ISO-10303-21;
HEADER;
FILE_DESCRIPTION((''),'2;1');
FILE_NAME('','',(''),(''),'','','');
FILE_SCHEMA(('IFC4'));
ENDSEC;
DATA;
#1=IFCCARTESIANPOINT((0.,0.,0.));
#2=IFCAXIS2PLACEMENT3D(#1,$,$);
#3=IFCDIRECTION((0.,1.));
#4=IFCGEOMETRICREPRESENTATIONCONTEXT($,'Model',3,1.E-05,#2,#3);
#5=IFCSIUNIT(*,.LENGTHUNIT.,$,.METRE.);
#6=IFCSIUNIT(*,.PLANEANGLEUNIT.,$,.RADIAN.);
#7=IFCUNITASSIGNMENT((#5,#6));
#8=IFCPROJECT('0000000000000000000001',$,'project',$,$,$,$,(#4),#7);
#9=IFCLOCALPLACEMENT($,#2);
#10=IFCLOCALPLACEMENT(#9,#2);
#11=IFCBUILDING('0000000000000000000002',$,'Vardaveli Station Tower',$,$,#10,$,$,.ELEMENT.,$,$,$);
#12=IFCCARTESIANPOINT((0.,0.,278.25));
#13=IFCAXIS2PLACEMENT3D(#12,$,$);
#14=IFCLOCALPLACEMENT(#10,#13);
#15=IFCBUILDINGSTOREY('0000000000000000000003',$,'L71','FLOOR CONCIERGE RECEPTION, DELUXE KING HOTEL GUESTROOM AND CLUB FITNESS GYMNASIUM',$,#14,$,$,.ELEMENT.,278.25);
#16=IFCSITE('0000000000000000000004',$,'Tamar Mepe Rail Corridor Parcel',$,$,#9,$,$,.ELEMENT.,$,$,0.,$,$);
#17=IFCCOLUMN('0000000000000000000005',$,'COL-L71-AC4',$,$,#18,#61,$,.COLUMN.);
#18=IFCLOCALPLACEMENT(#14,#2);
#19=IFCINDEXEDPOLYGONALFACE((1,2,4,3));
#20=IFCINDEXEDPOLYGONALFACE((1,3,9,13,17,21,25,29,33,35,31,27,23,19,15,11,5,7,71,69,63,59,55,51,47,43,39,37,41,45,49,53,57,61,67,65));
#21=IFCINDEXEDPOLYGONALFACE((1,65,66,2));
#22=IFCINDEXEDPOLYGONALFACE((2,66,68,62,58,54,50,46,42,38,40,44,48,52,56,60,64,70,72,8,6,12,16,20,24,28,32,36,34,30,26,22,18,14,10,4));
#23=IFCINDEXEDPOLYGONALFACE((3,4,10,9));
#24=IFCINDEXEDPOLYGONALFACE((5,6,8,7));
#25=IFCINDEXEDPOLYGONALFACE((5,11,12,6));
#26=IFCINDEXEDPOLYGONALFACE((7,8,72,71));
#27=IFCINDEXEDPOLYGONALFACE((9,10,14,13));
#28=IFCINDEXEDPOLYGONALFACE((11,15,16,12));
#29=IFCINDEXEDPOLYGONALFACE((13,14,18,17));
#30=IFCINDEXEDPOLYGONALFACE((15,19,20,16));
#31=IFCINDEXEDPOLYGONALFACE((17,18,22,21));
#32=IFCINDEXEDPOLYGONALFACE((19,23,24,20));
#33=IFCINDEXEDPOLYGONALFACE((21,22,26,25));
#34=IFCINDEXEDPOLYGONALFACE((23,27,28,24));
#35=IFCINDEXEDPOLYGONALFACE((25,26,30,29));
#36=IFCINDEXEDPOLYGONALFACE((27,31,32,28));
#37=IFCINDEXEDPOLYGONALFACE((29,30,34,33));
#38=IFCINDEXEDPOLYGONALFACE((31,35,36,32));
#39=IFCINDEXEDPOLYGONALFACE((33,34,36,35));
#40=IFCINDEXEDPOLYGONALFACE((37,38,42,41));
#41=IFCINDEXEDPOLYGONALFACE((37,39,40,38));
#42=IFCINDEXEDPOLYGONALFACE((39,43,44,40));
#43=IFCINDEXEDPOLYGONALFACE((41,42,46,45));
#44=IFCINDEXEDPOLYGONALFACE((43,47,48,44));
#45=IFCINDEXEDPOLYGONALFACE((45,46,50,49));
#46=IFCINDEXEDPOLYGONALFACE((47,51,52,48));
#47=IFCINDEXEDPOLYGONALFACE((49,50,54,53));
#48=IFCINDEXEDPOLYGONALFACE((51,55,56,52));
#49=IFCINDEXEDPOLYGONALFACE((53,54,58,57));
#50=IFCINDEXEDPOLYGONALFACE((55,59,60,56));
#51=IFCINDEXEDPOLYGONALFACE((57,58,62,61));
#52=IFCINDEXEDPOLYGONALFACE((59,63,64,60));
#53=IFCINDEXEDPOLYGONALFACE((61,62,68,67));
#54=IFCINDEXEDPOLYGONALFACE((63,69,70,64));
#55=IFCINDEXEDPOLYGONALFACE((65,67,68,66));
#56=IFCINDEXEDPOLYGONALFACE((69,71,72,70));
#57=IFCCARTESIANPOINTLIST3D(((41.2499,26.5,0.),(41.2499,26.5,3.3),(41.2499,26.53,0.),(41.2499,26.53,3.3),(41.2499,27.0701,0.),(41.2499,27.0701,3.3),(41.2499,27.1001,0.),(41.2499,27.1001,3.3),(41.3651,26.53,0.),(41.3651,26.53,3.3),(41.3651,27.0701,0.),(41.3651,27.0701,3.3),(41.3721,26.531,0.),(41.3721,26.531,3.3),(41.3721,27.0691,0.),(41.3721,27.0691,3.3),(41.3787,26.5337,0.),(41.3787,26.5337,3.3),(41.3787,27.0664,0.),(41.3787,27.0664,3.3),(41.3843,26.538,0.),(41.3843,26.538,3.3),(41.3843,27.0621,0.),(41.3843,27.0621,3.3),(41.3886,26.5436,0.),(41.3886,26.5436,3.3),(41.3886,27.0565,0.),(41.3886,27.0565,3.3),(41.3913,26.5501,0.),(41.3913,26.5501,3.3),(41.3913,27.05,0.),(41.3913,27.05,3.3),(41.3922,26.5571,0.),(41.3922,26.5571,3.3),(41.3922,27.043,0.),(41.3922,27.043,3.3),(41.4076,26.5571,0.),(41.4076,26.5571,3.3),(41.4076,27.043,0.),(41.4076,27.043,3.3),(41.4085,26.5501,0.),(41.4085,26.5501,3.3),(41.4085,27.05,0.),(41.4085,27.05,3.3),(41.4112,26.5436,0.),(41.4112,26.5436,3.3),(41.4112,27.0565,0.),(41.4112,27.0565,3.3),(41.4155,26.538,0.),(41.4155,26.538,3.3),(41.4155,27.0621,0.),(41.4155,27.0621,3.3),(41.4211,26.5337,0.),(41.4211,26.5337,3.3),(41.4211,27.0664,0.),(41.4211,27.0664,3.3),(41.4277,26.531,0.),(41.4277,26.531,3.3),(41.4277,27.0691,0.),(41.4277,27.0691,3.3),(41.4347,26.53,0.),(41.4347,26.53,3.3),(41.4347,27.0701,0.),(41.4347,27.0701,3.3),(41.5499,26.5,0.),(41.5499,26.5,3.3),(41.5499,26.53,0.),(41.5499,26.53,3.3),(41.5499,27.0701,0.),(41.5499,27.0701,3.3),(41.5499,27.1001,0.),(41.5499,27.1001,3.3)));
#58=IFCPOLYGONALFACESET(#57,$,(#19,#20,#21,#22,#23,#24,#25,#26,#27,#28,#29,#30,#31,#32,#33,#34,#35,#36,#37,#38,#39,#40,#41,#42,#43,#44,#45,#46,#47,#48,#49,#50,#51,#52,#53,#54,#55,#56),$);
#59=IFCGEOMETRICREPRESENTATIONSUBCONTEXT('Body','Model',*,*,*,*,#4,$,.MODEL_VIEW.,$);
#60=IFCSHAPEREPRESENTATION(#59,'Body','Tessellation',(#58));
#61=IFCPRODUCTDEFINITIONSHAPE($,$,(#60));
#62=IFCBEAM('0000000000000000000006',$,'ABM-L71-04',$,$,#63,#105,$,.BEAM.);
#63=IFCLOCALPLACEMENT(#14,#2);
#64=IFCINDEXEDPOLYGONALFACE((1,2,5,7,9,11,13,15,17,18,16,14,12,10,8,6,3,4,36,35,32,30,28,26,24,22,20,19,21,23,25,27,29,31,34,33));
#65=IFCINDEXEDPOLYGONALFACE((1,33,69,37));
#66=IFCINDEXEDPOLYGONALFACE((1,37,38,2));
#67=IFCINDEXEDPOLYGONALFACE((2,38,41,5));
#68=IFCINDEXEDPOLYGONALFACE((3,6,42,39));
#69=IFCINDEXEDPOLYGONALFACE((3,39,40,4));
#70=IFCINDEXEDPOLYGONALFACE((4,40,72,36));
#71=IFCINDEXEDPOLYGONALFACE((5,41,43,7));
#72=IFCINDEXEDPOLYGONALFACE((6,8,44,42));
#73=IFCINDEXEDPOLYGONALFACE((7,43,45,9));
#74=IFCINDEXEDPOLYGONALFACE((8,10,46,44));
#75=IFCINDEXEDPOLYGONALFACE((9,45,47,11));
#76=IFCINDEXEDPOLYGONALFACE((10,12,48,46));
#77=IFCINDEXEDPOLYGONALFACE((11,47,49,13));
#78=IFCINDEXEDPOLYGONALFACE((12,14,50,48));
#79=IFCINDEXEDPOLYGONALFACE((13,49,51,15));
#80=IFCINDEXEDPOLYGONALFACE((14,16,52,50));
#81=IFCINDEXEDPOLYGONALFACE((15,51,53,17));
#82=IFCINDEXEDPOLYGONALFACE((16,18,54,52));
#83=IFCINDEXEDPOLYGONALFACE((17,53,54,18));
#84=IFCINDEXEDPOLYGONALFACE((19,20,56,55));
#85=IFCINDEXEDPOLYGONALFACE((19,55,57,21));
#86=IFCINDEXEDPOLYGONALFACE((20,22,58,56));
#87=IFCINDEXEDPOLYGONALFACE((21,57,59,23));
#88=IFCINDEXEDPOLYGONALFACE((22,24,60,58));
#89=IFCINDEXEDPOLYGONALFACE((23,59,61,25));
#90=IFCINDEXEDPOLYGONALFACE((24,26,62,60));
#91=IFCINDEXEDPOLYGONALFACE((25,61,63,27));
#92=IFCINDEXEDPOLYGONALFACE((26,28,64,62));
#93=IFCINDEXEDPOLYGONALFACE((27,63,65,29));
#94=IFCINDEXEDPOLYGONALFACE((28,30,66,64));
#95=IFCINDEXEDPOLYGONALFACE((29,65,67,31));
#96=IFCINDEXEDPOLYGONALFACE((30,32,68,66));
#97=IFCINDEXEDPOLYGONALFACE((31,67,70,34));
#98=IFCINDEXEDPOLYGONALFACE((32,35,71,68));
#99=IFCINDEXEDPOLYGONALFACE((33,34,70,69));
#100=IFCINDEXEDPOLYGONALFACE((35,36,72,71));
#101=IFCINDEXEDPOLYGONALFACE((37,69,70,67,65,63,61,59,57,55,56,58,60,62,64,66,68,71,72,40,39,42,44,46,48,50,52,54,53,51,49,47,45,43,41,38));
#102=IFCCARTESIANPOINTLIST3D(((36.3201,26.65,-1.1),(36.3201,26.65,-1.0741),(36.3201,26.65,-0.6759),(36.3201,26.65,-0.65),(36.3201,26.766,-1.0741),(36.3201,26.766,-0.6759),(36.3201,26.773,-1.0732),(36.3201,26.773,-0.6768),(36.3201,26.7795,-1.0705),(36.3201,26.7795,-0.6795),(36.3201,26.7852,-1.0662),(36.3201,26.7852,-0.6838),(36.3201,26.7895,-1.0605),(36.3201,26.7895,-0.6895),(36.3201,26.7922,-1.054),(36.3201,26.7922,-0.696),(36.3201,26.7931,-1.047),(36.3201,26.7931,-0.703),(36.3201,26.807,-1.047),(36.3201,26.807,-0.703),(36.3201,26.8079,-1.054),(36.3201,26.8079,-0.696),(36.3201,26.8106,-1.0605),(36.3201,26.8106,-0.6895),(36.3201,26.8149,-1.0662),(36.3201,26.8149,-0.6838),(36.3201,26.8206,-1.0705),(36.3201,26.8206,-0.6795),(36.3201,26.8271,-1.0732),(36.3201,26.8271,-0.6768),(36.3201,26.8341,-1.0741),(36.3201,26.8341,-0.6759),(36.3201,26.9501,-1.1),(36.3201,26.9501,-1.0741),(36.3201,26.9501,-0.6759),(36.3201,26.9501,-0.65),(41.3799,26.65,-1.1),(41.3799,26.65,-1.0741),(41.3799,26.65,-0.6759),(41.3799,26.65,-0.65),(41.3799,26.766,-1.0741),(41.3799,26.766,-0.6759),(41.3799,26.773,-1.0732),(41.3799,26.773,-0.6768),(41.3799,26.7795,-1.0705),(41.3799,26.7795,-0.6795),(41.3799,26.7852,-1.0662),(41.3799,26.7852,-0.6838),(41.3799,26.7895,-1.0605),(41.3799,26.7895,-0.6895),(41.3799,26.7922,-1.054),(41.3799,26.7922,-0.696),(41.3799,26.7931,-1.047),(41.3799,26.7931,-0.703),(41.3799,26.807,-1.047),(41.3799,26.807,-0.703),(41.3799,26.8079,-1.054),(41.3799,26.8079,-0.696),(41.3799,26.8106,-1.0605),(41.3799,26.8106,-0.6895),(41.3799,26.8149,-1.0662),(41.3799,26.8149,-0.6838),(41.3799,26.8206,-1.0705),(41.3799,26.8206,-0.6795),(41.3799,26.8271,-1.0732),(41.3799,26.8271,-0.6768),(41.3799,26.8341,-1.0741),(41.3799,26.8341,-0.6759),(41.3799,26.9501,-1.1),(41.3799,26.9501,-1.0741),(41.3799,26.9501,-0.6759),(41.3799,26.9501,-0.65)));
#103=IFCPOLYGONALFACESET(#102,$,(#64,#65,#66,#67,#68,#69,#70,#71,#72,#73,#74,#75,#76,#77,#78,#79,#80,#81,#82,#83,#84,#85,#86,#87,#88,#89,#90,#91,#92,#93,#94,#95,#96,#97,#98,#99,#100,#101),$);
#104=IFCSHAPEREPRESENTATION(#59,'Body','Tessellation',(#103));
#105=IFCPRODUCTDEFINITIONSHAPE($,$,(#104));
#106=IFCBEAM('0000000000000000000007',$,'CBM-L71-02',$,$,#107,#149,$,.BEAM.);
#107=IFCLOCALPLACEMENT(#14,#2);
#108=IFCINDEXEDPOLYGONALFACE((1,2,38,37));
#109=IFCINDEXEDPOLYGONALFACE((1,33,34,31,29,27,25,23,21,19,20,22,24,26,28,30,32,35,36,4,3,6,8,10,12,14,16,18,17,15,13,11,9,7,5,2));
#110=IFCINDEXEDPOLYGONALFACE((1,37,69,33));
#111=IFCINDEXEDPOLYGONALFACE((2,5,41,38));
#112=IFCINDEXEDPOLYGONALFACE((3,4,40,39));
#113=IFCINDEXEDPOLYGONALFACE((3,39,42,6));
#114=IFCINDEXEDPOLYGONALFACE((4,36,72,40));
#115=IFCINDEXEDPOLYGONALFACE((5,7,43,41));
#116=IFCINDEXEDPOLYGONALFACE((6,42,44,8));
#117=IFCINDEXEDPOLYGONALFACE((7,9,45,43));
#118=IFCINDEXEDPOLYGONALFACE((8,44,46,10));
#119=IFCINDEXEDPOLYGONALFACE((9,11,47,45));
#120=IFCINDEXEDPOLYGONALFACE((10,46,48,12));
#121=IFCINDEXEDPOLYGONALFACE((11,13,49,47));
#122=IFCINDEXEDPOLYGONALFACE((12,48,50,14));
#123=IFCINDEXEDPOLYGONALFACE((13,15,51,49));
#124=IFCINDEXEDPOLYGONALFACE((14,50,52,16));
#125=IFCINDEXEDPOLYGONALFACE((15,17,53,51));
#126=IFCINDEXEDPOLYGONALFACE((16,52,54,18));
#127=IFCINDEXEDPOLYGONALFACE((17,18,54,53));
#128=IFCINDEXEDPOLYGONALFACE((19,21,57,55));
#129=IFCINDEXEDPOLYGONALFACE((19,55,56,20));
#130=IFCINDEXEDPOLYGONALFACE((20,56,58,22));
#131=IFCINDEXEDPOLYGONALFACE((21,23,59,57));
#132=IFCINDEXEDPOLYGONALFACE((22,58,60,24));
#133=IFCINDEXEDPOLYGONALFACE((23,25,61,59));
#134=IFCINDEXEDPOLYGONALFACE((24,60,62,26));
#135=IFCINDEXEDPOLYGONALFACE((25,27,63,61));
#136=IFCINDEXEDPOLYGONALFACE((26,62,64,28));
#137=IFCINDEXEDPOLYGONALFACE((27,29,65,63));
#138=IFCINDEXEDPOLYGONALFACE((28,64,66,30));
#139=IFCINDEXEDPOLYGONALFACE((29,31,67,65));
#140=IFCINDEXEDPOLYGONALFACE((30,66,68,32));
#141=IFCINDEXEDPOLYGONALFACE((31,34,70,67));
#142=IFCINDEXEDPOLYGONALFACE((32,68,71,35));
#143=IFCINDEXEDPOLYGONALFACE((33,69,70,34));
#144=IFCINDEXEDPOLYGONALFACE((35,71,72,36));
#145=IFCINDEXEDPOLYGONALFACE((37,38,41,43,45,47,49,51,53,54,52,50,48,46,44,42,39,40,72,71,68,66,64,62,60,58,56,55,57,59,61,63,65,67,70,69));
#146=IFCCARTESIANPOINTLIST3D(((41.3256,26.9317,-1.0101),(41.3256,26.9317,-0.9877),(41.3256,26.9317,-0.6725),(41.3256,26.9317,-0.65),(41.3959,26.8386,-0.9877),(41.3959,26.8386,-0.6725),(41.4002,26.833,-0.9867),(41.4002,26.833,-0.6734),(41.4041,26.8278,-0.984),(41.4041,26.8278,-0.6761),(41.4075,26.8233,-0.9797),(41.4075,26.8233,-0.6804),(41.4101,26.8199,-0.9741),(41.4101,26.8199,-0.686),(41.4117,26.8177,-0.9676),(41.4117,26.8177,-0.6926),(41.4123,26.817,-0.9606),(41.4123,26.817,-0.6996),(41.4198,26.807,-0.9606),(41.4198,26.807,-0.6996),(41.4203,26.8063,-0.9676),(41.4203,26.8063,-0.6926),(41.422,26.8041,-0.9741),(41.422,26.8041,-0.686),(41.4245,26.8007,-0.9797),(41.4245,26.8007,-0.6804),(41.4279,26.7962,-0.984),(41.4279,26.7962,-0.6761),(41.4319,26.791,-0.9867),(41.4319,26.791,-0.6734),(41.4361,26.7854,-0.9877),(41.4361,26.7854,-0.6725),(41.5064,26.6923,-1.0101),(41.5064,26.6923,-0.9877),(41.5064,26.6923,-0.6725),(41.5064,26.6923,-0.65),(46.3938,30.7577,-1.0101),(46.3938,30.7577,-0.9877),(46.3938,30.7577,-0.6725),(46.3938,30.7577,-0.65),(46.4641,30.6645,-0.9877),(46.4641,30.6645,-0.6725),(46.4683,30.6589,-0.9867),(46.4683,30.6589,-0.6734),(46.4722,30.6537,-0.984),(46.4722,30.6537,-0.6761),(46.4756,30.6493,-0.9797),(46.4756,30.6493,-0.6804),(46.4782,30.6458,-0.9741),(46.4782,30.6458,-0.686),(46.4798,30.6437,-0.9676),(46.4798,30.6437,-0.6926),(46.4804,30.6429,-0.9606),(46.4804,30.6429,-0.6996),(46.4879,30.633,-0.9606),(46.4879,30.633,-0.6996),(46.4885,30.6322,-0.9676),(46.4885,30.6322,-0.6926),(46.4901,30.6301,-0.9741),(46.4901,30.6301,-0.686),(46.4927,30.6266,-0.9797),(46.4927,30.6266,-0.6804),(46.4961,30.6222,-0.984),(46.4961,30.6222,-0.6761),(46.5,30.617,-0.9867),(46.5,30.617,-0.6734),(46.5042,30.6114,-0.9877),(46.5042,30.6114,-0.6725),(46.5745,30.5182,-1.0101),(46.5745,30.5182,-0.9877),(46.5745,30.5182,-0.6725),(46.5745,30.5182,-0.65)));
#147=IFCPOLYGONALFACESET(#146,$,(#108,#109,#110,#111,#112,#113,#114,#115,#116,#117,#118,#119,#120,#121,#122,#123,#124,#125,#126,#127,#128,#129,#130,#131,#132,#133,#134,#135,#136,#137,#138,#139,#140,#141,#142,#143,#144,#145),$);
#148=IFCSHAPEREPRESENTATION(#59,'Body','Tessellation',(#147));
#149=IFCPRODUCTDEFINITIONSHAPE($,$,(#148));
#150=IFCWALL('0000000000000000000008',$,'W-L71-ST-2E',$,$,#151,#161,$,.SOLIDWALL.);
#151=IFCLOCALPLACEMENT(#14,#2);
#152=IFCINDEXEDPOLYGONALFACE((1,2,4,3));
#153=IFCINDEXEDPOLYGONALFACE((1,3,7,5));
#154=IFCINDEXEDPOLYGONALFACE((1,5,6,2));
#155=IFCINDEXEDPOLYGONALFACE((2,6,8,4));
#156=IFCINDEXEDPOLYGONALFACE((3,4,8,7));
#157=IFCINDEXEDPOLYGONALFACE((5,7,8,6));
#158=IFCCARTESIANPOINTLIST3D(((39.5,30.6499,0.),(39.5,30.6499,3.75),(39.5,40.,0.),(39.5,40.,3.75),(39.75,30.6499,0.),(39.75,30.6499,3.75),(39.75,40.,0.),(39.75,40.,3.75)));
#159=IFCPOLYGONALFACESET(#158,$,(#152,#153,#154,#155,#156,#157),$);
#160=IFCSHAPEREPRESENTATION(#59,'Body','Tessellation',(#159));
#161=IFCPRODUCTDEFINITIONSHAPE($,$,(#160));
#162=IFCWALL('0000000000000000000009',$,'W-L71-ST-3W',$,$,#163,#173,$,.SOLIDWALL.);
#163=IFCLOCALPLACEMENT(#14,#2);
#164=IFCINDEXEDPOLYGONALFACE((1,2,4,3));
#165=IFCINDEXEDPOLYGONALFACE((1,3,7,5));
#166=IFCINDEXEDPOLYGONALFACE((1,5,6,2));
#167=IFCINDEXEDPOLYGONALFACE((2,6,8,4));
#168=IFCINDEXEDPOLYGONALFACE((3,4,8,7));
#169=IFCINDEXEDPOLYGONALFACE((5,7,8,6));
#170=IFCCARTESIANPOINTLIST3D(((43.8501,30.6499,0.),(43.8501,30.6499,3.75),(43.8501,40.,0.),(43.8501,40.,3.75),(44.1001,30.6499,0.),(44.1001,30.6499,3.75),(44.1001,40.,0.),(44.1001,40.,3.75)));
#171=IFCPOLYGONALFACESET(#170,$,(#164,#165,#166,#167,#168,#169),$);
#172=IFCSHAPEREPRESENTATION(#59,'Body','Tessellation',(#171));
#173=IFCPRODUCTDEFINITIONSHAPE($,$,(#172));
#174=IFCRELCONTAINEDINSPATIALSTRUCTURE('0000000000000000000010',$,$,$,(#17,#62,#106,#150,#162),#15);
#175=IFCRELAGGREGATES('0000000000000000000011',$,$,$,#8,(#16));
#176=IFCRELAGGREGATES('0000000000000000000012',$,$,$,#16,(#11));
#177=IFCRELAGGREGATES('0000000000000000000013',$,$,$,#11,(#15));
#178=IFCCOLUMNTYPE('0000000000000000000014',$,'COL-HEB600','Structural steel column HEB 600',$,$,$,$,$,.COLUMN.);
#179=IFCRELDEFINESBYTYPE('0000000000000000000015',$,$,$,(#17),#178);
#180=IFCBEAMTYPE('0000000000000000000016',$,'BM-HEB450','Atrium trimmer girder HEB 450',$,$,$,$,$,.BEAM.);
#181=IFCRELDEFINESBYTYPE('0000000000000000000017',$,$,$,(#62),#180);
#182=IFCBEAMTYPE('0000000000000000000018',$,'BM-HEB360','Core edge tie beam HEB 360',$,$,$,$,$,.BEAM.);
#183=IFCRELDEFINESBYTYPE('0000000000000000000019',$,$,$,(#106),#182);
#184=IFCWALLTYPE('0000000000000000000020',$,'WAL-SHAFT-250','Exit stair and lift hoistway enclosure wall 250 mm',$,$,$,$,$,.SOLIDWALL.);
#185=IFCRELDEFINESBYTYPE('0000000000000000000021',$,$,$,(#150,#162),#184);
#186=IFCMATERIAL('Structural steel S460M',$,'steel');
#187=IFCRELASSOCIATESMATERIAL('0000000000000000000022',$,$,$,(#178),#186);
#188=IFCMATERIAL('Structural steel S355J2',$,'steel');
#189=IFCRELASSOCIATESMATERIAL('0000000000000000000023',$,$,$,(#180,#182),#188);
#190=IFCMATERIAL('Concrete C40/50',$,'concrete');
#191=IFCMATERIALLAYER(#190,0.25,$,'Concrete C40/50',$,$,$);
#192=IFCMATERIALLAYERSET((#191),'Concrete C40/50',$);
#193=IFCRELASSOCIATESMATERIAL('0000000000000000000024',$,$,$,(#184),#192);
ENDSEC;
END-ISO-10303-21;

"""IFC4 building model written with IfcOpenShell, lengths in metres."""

from ifc_helpers import new_model, si_unit, direction, frame, frame_2d, origin, origin_2d, place, context, subcontext, project, spatial, rectangle, i_section, extrude, source, transform, mapped, material, layer, layer_set, material_profile, profile_set, type_object, element, save


model = new_model("IFC4")

# Units and contexts
model_context = context("Model", 3, precision=1e-05, world=origin(), true_north=direction((0.0, 1.0)))
body_context = subcontext(model_context, "Body", "Model", "MODEL_VIEW")
ifc_project = project(units=[si_unit("LENGTHUNIT", "METRE"), si_unit("PLANEANGLEUNIT", "RADIAN")], contexts=[model_context])

# Site, building, storey
site_placement = place(None, origin())
site = spatial("IfcSite", under=ifc_project, at=site_placement, Name="Tamar Mepe Rail Corridor Parcel", CompositionType="ELEMENT", RefElevation=0.0)
building_placement = place(site_placement, origin())
building = spatial("IfcBuilding", under=site, at=building_placement, Name="Vardaveli Station Tower", CompositionType="ELEMENT")
storey_placement = place(building_placement, frame((0.0, 0.0, 278.25)))
storey = spatial("IfcBuildingStorey", under=building, at=storey_placement, Name="L71", Description="FLOOR CONCIERGE RECEPTION, DELUXE KING HOTEL GUESTROOM AND CLUB FITNESS GYMNASIUM", CompositionType="ELEMENT", Elevation=278.25)

# Column
ifc_material_1 = material(Name="Structural steel S460M", Category="steel")
ifc_material_profile_1 = material_profile(ifc_material_1, i_section(OverallWidth=0.3, OverallDepth=0.6001, WebThickness=0.0154, FlangeThickness=0.03, FilletRadius=0.0271, at=origin_2d()), Name="HEB 600")
ifc_profile_set_1 = profile_set([ifc_material_profile_1], Name="Structural steel S460M")
column_type = type_object("IfcColumnType", Name="COL-HEB600", Description="Structural steel column HEB 600", PredefinedType="COLUMN", material=ifc_profile_set_1)
shared_shape_1 = source(origin(), body_context, "Body", "SweptSolid", [
    extrude(i_section(OverallWidth=0.3, OverallDepth=0.6001, WebThickness=0.0154, FlangeThickness=0.03, FilletRadius=0.0271, at=origin_2d()), origin(), (0.0, 0.0, 1.0), 3.3),
])
column_placement = place(storey_placement, frame((41.3999, 26.8, 0.0), z_axis=(0.0, 0.0, 1.0), x_axis=(1.0, 0.0, 0.0)))
element("IfcColumn", 1, at=column_placement, inside=storey, type_object=column_type, Name="COL-L71-AC4", PredefinedType="COLUMN", context=body_context, shape_type="MappedRepresentation", body=[
    mapped(shared_shape_1, transform((0.0, 0.0, 0.0), scale=1.0)),
])

# Beams
ifc_material_2 = material(Name="Structural steel S355J2", Category="steel")
ifc_material_profile_2 = material_profile(ifc_material_2, i_section(OverallWidth=0.3, OverallDepth=0.45, WebThickness=0.0139, FlangeThickness=0.0259, FilletRadius=0.0271, at=origin_2d()), Name="HEB 450")
ifc_profile_set_2 = profile_set([ifc_material_profile_2], Name="Structural steel S355J2")
beam_type_1 = type_object("IfcBeamType", Name="BM-HEB450", Description="Atrium trimmer girder HEB 450", PredefinedType="BEAM", material=ifc_profile_set_2)
shared_shape_2 = source(origin(), body_context, "Body", "SweptSolid", [
    extrude(i_section(OverallWidth=0.3, OverallDepth=0.45, WebThickness=0.0139, FlangeThickness=0.0259, FilletRadius=0.0271, at=origin_2d()), origin(), (0.0, 0.0, 1.0), 5.0598),
])
beam_1_placement = place(storey_placement, frame((41.3799, 26.8, -0.875), z_axis=(-1.0, 0.0, 0.0), x_axis=(0.0, -1.0, 0.0)))
element("IfcBeam", 2, at=beam_1_placement, inside=storey, type_object=beam_type_1, Name="ABM-L71-04", PredefinedType="BEAM", context=body_context, shape_type="MappedRepresentation", body=[
    mapped(shared_shape_2, transform((0.0, 0.0, 0.0), scale=1.0)),
])
ifc_material_profile_3 = material_profile(ifc_material_2, i_section(OverallWidth=0.3, OverallDepth=0.3601, WebThickness=0.0125, FlangeThickness=0.0225, FilletRadius=0.0271, at=origin_2d()), Name="HEB 360")
ifc_profile_set_3 = profile_set([ifc_material_profile_3], Name="Structural steel S355J2")
beam_type_2 = type_object("IfcBeamType", Name="BM-HEB360", Description="Core edge tie beam HEB 360", PredefinedType="BEAM", material=ifc_profile_set_3)
shared_shape_3 = source(origin(), body_context, "Body", "SweptSolid", [
    extrude(i_section(OverallWidth=0.3, OverallDepth=0.3601, WebThickness=0.0125, FlangeThickness=0.0225, FilletRadius=0.0271, at=origin_2d()), origin(), (0.0, 0.0, 1.0), 6.3501),
])
beam_2_placement = place(storey_placement, frame((41.416, 26.812, -0.8301), z_axis=(0.798118, 0.602501, 0.0), x_axis=(-0.602501, 0.798118, 0.0)))
element("IfcBeam", 3, at=beam_2_placement, inside=storey, type_object=beam_type_2, Name="CBM-L71-02", PredefinedType="BEAM", context=body_context, shape_type="MappedRepresentation", body=[
    mapped(shared_shape_3, transform((0.0, 0.0, 0.0), scale=1.0)),
])

# Walls
ifc_material_3 = material(Name="Concrete C40/50", Category="concrete")
ifc_layer_1 = layer(ifc_material_3, 0.25, Name="Concrete C40/50")
ifc_layer_set_1 = layer_set([ifc_layer_1], Name="Concrete C40/50")
wall_type_1 = type_object("IfcWallType", Name="WAL-SHAFT-250", Description="Exit stair and lift hoistway enclosure wall 250 mm", PredefinedType="SOLIDWALL", material=ifc_layer_set_1)
shared_shape_4 = source(origin(), body_context, "Body", "SweptSolid", [
    extrude(rectangle(XDim=9.3501, YDim=0.25, at=frame_2d((4.675, 0.0))), origin(), (0.0, 0.0, 1.0), 3.75),
])
for number, where, z_axis, x_axis, name in (
    (4, (39.625, 30.6499, 0.0), (0.0, 0.0, 1.0), (0.0, 1.0, 0.0), "W-L71-ST-2E"),
    (5, (43.9751, 30.6499, 0.0), (0.0, 0.0, 1.0), (0.0, 1.0, 0.0), "W-L71-ST-3W"),
):
    element("IfcWall", number, at=place(storey_placement, frame(where, z_axis=z_axis, x_axis=x_axis)), inside=storey, type_object=wall_type_1, Name=name, PredefinedType="SOLIDWALL", context=body_context, shape_type="MappedRepresentation", body=[
        mapped(shared_shape_4, transform((0.0, 0.0, 0.0), scale=1.0)),
    ])

save(model, "model.ifc")
